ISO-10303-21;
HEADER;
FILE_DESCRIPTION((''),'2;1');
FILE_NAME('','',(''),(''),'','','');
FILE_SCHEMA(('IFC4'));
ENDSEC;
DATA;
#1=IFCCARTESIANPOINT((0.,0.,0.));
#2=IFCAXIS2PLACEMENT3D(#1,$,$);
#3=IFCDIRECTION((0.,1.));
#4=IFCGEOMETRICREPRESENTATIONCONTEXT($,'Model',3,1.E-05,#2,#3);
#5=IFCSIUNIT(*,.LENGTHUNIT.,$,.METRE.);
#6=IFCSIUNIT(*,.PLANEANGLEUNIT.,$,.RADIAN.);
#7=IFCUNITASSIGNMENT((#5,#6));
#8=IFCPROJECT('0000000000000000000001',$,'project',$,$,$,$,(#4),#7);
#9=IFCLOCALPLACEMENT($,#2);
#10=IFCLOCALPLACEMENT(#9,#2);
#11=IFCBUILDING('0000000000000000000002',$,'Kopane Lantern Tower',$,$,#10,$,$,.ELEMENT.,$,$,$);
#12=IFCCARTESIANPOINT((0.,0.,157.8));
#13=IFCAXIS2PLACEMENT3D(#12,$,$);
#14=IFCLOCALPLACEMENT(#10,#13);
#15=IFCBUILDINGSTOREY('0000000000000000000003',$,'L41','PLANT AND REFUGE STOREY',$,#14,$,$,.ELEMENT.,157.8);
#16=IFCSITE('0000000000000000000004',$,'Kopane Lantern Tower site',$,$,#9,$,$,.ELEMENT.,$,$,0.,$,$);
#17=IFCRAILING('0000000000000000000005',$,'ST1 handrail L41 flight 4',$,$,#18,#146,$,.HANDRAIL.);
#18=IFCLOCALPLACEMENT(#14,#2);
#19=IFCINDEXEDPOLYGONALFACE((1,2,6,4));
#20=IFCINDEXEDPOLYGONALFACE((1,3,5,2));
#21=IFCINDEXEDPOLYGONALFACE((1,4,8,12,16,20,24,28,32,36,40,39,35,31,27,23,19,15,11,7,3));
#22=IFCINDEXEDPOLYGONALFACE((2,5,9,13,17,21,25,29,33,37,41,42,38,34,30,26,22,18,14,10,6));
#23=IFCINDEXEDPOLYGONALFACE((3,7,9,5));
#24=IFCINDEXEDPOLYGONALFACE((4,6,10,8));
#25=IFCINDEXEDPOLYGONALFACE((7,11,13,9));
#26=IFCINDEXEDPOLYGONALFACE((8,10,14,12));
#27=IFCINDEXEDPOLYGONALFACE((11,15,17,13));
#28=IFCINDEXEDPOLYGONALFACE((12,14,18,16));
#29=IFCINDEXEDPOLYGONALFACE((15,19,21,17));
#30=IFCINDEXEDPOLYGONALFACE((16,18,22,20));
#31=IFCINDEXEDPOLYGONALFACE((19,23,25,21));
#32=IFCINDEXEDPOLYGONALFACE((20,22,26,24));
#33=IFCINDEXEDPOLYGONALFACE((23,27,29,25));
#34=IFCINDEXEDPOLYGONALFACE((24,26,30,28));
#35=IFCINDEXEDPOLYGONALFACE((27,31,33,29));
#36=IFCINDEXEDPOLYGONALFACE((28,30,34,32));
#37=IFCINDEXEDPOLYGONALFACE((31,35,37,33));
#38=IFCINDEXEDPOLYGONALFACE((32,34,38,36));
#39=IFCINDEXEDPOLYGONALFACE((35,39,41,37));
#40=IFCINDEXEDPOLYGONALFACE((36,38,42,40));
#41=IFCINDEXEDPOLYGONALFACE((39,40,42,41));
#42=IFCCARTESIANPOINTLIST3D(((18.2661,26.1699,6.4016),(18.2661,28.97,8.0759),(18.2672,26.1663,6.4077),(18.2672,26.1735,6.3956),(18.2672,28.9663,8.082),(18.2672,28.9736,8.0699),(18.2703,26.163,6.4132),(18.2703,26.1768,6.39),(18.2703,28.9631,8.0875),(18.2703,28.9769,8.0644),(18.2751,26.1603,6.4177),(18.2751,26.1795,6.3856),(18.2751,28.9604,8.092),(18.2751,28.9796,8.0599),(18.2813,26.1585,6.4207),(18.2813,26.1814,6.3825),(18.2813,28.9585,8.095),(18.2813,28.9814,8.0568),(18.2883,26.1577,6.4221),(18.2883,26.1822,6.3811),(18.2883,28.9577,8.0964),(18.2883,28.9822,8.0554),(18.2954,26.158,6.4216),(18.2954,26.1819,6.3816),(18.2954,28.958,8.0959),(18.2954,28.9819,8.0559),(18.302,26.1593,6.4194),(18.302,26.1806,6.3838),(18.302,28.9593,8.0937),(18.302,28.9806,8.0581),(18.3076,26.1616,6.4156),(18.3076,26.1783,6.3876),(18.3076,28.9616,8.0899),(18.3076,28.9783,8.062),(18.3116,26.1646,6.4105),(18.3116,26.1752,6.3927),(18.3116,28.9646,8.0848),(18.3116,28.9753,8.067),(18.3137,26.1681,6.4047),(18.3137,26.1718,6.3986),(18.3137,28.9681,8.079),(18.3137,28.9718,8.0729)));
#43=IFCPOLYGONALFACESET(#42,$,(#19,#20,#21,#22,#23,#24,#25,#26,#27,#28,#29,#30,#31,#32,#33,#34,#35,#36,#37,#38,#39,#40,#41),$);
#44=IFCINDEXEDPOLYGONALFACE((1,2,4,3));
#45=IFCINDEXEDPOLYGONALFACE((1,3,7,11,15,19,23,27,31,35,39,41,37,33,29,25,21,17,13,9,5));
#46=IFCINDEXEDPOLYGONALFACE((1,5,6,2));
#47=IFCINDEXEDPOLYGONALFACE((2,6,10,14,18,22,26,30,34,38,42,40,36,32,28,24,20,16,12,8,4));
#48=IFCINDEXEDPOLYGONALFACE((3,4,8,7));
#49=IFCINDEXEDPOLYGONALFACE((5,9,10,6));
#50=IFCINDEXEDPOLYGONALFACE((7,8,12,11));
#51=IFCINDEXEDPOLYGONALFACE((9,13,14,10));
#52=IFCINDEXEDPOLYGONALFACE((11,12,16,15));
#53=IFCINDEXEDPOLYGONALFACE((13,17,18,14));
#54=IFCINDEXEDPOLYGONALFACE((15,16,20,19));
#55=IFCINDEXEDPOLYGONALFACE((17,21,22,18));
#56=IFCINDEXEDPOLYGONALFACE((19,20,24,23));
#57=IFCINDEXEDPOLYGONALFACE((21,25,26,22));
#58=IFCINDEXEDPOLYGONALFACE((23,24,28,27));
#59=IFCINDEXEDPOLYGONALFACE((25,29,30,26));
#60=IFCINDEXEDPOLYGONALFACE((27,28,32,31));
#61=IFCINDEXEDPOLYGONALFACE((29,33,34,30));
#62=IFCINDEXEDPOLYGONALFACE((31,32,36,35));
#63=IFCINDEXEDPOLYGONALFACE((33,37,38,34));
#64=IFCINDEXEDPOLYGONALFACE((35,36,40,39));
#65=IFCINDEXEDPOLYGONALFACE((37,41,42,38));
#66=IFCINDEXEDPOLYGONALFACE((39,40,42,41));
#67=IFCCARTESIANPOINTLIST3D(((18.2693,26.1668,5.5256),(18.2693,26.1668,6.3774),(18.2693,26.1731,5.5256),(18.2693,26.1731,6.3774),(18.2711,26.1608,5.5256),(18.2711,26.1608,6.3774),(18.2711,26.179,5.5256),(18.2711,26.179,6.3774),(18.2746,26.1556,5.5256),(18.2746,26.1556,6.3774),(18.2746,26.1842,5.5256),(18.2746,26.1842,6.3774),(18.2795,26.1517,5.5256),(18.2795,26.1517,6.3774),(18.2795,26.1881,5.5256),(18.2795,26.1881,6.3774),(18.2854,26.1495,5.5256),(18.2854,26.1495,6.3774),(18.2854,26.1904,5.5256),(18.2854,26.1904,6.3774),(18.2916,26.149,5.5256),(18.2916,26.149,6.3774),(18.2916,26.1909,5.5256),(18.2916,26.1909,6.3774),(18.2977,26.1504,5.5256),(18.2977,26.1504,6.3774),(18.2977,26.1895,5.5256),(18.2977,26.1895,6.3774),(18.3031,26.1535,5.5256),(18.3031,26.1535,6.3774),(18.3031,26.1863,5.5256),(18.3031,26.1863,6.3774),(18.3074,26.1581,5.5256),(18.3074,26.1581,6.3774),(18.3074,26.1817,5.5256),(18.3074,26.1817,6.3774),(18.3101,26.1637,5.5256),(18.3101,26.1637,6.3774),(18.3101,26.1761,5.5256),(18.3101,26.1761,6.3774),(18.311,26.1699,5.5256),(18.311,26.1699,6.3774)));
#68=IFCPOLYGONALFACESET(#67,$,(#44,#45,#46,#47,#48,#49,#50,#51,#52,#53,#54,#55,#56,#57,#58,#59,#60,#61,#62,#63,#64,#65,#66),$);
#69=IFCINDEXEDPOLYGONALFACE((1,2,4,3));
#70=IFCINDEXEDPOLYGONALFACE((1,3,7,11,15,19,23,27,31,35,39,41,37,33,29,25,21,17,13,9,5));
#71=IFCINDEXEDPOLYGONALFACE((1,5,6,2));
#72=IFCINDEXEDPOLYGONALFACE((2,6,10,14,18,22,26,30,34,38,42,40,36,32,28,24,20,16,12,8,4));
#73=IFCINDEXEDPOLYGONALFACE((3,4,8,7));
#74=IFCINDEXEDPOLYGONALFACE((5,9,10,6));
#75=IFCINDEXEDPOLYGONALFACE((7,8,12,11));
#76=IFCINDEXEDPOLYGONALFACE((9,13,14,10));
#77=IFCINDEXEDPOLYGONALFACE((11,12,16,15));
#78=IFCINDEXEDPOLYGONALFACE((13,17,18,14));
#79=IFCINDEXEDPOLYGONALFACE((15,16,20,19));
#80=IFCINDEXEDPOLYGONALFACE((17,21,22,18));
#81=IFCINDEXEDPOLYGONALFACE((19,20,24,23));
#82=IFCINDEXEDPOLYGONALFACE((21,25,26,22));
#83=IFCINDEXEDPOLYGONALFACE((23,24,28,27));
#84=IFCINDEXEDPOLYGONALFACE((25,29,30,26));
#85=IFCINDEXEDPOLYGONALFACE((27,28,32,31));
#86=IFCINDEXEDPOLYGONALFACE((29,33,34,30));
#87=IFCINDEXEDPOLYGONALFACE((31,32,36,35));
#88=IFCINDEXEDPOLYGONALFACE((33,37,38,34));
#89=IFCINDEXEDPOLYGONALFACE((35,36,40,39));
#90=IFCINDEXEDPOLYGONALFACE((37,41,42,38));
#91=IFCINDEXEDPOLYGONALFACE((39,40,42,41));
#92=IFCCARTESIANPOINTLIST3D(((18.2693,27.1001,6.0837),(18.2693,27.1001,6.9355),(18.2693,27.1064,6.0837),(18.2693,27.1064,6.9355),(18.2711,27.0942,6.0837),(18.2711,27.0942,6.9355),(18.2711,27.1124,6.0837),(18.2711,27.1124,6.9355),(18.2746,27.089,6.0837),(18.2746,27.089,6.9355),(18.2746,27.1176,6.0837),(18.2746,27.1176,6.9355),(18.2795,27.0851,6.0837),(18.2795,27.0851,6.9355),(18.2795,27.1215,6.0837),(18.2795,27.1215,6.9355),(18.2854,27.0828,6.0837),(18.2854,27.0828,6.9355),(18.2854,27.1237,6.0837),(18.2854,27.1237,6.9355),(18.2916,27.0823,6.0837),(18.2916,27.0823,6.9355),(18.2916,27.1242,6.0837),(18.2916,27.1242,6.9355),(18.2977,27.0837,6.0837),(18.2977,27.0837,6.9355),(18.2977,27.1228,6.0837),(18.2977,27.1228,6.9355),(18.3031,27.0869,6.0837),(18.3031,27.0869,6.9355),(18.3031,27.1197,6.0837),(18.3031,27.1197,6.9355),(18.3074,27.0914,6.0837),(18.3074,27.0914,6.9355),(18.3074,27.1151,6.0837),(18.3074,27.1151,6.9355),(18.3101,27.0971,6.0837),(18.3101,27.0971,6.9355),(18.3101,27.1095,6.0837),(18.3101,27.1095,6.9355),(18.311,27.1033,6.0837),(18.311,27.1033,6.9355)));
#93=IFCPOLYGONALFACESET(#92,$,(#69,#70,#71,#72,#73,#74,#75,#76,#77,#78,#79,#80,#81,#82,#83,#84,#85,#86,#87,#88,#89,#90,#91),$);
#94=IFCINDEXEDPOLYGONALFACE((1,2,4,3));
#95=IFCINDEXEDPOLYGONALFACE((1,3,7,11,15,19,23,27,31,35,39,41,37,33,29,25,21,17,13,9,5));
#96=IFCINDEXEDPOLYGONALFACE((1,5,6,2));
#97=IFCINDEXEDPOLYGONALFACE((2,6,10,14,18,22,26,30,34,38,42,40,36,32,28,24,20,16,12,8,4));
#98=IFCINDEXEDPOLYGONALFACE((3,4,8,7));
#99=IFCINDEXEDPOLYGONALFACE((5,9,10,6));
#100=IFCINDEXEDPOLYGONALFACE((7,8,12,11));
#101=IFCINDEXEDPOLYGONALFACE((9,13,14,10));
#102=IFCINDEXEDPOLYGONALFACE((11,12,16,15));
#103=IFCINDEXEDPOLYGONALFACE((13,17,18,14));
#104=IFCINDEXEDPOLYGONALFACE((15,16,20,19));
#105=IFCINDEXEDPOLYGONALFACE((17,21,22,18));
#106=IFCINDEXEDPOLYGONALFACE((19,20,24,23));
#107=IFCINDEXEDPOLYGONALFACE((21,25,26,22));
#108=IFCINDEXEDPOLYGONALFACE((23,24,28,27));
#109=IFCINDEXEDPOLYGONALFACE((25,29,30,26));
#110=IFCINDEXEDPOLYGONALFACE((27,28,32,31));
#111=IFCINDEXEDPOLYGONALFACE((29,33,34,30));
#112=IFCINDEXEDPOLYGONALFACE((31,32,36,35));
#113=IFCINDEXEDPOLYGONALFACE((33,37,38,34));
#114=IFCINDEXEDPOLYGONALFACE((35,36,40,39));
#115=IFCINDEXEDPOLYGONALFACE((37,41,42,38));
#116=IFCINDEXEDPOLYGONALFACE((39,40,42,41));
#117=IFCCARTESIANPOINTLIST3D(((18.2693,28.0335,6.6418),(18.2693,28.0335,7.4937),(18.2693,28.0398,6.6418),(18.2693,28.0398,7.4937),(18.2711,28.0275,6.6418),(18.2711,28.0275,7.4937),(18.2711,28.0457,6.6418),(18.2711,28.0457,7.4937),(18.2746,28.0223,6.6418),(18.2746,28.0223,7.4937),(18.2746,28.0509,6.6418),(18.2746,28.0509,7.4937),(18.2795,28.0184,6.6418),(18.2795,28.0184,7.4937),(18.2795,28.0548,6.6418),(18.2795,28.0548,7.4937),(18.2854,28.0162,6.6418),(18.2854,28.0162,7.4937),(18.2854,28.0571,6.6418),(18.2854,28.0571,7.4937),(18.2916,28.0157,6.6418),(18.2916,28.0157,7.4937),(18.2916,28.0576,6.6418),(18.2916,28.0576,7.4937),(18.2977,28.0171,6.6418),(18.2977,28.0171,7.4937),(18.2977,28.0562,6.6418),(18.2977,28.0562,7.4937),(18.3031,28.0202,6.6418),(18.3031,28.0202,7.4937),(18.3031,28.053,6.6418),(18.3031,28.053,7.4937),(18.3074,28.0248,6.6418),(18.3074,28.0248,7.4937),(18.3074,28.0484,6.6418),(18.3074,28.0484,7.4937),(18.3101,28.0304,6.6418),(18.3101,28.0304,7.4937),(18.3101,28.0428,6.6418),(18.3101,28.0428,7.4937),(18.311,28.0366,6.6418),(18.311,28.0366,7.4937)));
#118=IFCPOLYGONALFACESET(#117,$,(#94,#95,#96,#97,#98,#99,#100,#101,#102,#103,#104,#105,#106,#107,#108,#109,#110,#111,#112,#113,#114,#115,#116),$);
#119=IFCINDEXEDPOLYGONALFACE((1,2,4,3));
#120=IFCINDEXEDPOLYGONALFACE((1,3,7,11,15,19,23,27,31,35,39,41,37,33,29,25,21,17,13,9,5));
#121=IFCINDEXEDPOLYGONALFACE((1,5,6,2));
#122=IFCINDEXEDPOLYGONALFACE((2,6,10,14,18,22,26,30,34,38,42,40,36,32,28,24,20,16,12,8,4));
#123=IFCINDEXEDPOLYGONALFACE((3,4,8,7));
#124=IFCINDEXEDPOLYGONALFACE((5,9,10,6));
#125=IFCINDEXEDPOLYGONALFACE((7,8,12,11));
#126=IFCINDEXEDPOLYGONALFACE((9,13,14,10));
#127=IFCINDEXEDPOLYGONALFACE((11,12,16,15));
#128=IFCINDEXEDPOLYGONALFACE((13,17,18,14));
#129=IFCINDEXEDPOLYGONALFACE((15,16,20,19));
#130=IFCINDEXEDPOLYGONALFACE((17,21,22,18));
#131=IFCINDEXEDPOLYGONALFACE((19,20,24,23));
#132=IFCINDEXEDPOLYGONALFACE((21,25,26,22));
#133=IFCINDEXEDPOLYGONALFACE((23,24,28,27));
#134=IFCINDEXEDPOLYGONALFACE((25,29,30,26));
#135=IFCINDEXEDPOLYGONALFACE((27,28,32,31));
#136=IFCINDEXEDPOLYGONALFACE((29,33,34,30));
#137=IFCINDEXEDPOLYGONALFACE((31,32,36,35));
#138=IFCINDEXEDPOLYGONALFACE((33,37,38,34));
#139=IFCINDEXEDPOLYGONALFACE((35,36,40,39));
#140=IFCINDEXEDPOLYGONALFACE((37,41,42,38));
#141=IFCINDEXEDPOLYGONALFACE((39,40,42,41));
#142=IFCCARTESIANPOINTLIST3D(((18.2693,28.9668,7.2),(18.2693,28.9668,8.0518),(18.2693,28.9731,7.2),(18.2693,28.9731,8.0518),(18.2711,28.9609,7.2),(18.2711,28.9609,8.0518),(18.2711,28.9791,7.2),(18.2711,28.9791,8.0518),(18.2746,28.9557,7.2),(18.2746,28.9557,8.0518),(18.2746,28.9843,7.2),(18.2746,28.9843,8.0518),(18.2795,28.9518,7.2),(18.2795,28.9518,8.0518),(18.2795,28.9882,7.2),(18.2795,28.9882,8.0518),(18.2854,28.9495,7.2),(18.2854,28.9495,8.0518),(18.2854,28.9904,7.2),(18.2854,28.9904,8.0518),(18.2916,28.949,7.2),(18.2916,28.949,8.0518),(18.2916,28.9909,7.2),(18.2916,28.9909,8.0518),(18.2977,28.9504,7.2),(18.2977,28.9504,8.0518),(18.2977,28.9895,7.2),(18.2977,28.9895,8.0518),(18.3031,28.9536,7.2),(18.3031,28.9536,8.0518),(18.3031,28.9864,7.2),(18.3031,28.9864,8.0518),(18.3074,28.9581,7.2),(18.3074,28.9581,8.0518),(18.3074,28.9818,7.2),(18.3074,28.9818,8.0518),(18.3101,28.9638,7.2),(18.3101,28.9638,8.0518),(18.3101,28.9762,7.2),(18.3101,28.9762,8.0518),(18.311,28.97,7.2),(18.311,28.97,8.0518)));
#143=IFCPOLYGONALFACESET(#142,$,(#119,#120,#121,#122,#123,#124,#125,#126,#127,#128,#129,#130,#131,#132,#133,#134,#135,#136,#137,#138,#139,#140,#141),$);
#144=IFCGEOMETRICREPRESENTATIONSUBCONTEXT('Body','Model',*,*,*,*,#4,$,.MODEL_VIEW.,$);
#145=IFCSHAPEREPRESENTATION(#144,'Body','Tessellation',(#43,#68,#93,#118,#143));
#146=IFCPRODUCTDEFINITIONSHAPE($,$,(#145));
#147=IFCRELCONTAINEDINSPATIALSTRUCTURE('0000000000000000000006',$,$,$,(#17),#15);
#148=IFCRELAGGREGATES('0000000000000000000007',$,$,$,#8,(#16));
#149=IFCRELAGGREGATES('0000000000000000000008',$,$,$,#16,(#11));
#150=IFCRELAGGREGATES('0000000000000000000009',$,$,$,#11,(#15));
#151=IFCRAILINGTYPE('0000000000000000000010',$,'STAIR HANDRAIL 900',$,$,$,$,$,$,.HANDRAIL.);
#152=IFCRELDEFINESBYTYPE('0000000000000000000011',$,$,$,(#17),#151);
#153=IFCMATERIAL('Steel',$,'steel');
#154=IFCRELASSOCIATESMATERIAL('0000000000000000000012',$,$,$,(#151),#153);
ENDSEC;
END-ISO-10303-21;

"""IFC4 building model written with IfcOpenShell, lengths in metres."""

from ifc_helpers import new_model, si_unit, direction, frame, origin, origin_2d, place, context, subcontext, project, spatial, circle, extrude, material, type_object, element, save


model = new_model("IFC4")

# Units and contexts
model_context = context("Model", 3, precision=1e-05, world=origin(), true_north=direction((0.0, 1.0)))
body_context = subcontext(model_context, "Body", "Model", "MODEL_VIEW")
ifc_project = project(units=[si_unit("LENGTHUNIT", "METRE"), si_unit("PLANEANGLEUNIT", "RADIAN")], contexts=[model_context])

# Site, building, storey
site_placement = place(None, origin())
site = spatial("IfcSite", under=ifc_project, at=site_placement, Name="Kopane Lantern Tower site", CompositionType="ELEMENT", RefElevation=0.0)
building_placement = place(site_placement, origin())
building = spatial("IfcBuilding", under=site, at=building_placement, Name="Kopane Lantern Tower", CompositionType="ELEMENT")
storey_placement = place(building_placement, frame((0.0, 0.0, 157.8)))
storey = spatial("IfcBuildingStorey", under=building, at=storey_placement, Name="L41", Description="PLANT AND REFUGE STOREY", CompositionType="ELEMENT", Elevation=157.8)

# Railing
ifc_material_1 = material(Name="Steel", Category="steel")
railing_type_1 = type_object("IfcRailingType", Name="STAIR HANDRAIL 900", PredefinedType="HANDRAIL", material=ifc_material_1)
for number, where, name in (
    (1, (18.29, 26.1699, 5.5256), "ST1 handrail L41 flight 4"),
):
    element("IfcRailing", number, at=place(storey_placement, frame(where)), inside=storey, type_object=railing_type_1, Name=name, PredefinedType="HANDRAIL", context=body_context, shape_type="SweptSolid", body=[
        extrude(circle(Radius=0.0239, at=origin_2d()), frame((0.0, 0.0, 0.876), z_axis=(0.0, 0.858265, 0.513208), x_axis=(-1.0, 0.0, 0.0)), (0.0, 0.0, 1.0), 3.2625),
        extrude(circle(Radius=0.021, at=origin_2d()), origin(), (0.0, 0.0, 1.0), 0.8518),
        extrude(circle(Radius=0.021, at=origin_2d()), frame((0.0, 0.9333, 0.5581)), (0.0, 0.0, 1.0), 0.8518),
        extrude(circle(Radius=0.021, at=origin_2d()), frame((0.0, 1.8667, 1.1162)), (0.0, 0.0, 1.0), 0.8518),
        extrude(circle(Radius=0.021, at=origin_2d()), frame((0.0, 2.8, 1.6743)), (0.0, 0.0, 1.0), 0.8518),
    ])

save(model, "model.ifc")
